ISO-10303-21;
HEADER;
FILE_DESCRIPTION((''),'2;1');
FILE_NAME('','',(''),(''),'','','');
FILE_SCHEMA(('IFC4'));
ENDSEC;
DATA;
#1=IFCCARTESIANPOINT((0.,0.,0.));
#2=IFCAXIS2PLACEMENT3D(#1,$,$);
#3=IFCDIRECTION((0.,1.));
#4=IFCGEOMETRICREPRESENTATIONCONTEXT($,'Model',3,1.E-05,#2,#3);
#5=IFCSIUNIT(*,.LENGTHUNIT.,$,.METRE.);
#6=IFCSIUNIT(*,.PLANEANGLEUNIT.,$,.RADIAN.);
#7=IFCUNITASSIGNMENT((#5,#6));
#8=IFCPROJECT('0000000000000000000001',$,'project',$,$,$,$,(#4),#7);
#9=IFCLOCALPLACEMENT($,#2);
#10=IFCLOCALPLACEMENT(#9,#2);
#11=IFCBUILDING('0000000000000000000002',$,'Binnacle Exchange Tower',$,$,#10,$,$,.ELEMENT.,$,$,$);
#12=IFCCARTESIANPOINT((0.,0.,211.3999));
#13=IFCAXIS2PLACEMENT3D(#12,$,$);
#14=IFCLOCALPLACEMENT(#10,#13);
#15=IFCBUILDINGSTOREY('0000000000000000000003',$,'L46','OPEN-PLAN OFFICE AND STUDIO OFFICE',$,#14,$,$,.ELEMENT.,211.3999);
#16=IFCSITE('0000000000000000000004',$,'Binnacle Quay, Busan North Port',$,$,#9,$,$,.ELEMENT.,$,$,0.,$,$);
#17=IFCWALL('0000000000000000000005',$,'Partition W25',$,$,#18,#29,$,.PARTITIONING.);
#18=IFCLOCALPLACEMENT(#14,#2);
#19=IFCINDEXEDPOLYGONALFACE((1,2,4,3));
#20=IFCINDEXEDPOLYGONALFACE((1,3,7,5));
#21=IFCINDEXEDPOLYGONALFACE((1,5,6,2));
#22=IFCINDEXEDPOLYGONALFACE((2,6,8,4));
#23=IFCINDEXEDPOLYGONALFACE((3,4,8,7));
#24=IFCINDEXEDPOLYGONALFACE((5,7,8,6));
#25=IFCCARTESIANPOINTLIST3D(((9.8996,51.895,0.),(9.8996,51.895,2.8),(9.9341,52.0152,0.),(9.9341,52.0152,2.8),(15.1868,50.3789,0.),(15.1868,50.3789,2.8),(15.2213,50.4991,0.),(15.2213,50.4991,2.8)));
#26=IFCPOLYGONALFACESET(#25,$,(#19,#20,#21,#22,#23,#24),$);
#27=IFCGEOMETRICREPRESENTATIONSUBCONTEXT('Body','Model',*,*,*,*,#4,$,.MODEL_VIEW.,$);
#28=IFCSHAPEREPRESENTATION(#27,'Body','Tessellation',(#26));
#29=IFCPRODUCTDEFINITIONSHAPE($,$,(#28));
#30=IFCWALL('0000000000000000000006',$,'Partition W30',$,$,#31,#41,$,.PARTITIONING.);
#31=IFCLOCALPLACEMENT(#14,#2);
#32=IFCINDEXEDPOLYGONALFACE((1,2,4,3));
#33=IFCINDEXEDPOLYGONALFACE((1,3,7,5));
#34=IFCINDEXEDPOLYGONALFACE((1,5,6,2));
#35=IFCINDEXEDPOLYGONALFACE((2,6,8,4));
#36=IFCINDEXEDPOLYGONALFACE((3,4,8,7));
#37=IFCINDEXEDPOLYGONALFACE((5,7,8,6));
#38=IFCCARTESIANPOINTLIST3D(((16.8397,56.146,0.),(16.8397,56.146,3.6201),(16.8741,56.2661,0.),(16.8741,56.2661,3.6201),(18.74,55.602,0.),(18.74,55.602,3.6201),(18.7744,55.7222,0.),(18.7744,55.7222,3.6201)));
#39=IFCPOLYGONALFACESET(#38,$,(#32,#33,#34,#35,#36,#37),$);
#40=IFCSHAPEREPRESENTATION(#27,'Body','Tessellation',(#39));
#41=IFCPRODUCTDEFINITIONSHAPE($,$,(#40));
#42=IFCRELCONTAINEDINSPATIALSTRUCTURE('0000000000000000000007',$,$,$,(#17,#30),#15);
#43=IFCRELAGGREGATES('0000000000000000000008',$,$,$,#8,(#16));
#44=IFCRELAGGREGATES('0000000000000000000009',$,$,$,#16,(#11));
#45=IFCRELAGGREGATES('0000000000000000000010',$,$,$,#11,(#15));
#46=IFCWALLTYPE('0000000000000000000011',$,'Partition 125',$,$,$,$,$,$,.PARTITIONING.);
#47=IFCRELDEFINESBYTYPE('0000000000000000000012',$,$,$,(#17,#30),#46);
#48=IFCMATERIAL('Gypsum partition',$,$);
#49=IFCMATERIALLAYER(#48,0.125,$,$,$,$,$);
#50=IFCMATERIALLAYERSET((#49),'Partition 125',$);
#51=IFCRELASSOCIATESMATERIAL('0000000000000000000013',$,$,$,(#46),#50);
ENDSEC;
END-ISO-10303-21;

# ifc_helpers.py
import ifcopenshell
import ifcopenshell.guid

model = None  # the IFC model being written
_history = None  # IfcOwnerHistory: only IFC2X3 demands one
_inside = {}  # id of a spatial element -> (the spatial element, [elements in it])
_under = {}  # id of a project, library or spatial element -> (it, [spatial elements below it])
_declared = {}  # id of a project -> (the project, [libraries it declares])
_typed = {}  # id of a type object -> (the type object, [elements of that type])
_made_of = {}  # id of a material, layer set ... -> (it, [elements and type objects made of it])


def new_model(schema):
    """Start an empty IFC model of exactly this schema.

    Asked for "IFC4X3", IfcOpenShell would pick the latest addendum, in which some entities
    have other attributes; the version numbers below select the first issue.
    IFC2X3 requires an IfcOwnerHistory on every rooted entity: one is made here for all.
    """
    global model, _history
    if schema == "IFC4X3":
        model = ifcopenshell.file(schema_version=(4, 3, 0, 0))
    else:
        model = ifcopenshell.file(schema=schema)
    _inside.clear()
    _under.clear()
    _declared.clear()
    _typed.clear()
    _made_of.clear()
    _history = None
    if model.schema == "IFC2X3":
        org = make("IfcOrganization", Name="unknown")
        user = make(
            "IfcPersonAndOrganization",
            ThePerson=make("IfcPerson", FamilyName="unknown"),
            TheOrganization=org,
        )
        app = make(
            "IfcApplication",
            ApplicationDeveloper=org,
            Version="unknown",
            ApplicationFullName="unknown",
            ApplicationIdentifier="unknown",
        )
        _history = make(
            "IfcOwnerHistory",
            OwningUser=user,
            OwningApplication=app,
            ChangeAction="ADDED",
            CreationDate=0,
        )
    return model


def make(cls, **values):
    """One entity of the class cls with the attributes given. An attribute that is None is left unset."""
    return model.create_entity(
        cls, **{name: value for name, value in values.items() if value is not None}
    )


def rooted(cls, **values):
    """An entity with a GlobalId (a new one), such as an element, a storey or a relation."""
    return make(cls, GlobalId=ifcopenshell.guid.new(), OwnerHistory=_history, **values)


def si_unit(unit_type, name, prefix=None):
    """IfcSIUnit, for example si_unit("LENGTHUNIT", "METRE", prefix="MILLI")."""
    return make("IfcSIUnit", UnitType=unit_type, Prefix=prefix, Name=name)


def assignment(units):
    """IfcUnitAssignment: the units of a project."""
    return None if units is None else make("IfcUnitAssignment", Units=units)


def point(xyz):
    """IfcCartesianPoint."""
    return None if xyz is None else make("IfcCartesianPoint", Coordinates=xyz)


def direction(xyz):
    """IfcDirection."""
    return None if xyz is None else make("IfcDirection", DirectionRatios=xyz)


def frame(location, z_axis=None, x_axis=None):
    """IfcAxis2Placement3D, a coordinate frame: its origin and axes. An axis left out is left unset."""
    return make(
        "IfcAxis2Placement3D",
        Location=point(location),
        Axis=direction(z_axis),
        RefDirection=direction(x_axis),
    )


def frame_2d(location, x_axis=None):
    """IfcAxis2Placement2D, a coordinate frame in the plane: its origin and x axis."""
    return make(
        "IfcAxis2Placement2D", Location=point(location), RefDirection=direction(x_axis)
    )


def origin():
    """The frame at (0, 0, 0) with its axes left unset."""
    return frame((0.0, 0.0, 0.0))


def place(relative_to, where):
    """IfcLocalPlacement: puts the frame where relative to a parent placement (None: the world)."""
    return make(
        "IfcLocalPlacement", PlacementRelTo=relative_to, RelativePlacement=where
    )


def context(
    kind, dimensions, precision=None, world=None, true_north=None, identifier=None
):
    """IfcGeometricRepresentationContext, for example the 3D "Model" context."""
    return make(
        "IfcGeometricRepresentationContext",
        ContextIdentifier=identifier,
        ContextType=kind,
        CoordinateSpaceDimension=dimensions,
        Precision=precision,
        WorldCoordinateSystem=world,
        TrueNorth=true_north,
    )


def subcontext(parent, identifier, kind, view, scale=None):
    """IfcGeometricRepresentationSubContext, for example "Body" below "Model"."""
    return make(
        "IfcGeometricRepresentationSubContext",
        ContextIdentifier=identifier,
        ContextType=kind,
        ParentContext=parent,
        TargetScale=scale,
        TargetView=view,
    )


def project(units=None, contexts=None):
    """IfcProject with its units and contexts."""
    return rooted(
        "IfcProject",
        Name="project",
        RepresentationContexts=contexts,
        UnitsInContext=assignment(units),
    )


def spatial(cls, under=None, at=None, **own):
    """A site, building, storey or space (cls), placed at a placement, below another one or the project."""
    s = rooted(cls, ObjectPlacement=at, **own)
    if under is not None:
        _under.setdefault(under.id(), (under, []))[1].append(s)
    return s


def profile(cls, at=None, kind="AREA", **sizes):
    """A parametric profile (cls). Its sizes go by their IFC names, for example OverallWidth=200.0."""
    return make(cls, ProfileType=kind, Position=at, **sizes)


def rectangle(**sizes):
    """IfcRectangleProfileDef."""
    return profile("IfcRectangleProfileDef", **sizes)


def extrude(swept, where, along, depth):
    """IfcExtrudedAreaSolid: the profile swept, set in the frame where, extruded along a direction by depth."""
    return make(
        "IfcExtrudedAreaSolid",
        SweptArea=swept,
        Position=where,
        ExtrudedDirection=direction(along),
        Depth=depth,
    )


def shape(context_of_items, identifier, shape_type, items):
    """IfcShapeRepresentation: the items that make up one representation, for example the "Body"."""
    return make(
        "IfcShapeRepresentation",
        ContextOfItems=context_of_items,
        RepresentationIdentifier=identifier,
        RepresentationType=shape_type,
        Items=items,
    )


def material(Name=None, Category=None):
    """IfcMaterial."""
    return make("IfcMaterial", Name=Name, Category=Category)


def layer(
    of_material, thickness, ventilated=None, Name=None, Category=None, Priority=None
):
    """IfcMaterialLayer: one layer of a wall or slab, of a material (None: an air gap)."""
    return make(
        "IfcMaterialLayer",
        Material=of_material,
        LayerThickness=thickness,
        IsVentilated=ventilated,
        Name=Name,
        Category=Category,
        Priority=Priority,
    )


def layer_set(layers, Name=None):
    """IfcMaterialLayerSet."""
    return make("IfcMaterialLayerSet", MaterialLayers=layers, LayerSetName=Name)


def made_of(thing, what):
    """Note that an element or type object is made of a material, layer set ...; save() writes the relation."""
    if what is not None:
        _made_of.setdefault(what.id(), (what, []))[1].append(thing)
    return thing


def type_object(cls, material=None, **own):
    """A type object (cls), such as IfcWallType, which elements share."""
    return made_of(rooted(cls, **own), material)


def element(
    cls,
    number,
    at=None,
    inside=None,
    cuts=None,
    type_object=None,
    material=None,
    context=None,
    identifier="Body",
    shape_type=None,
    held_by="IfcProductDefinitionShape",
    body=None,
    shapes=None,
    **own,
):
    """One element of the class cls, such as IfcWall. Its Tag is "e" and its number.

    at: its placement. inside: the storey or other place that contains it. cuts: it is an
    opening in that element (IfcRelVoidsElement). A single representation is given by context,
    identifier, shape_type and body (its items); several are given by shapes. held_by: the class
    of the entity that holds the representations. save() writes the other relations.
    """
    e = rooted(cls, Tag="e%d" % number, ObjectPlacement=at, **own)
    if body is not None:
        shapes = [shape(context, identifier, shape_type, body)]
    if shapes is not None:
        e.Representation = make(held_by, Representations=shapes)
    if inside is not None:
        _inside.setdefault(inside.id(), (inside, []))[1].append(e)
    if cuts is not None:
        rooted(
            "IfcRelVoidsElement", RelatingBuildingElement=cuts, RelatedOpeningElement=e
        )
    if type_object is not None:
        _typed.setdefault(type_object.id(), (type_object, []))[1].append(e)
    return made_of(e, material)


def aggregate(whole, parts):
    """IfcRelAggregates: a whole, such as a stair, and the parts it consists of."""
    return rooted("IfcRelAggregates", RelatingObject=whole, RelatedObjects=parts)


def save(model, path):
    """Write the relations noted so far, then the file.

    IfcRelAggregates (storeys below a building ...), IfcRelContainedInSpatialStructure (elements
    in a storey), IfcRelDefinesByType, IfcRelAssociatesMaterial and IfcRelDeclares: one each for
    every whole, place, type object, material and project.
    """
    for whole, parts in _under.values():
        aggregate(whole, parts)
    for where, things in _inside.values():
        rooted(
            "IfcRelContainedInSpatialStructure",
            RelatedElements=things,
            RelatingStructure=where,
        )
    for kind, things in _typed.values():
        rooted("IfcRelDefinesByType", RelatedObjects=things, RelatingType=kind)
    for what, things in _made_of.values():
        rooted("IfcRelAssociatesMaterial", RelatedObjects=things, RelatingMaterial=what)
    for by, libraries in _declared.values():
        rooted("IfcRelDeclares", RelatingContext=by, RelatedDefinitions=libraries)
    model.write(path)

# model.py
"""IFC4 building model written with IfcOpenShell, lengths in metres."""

from ifc_helpers import new_model, si_unit, direction, frame, frame_2d, origin, place, context, subcontext, project, spatial, rectangle, extrude, material, layer, layer_set, type_object, element, save


model = new_model("IFC4")

# Units and contexts
model_context = context("Model", 3, precision=1e-05, world=origin(), true_north=direction((0.0, 1.0)))
body_context = subcontext(model_context, "Body", "Model", "MODEL_VIEW")
ifc_project = project(units=[si_unit("LENGTHUNIT", "METRE"), si_unit("PLANEANGLEUNIT", "RADIAN")], contexts=[model_context])

# Site, building, storey
site_placement = place(None, origin())
site = spatial("IfcSite", under=ifc_project, at=site_placement, Name="Binnacle Quay, Busan North Port", CompositionType="ELEMENT", RefElevation=0.0)
building_placement = place(site_placement, origin())
building = spatial("IfcBuilding", under=site, at=building_placement, Name="Binnacle Exchange Tower", CompositionType="ELEMENT")
storey_placement = place(building_placement, frame((0.0, 0.0, 211.3999)))
storey = spatial("IfcBuildingStorey", under=building, at=storey_placement, Name="L46", Description="OPEN-PLAN OFFICE AND STUDIO OFFICE", CompositionType="ELEMENT", Elevation=211.3999)

# Shared definitions
ifc_material_1 = material(Name="Gypsum partition")
ifc_layer = layer(ifc_material_1, 0.125)
ifc_layer_set = layer_set([ifc_layer], Name="Partition 125")
wall_type = type_object("IfcWallType", Name="Partition 125", PredefinedType="PARTITIONING", material=ifc_layer_set)

# Walls
wall_1_placement = place(storey_placement, frame((9.917, 51.9551, 0.0), z_axis=(0.0, 0.0, 1.0), x_axis=(0.961259, -0.275647, 0.0)))
element("IfcWall", 1, at=wall_1_placement, inside=storey, type_object=wall_type, Name="Partition W25", PredefinedType="PARTITIONING", context=body_context, shape_type="SweptSolid", body=[
    extrude(rectangle(XDim=5.5002, YDim=0.125, at=frame_2d((2.75, 0.0))), origin(), (0.0, 0.0, 1.0), 2.8),
])
wall_2_placement = place(storey_placement, frame((16.8569, 56.2061, 0.0), z_axis=(0.0, 0.0, 1.0), x_axis=(0.961384, -0.275211, 0.0)))
element("IfcWall", 2, at=wall_2_placement, inside=storey, type_object=wall_type, Name="Partition W30", PredefinedType="PARTITIONING", context=body_context, shape_type="SweptSolid", body=[
    extrude(rectangle(XDim=1.9766, YDim=0.125, at=frame_2d((0.9883, 0.0))), origin(), (0.0, 0.0, 1.0), 3.6201),
])

save(model, "model.ifc")
